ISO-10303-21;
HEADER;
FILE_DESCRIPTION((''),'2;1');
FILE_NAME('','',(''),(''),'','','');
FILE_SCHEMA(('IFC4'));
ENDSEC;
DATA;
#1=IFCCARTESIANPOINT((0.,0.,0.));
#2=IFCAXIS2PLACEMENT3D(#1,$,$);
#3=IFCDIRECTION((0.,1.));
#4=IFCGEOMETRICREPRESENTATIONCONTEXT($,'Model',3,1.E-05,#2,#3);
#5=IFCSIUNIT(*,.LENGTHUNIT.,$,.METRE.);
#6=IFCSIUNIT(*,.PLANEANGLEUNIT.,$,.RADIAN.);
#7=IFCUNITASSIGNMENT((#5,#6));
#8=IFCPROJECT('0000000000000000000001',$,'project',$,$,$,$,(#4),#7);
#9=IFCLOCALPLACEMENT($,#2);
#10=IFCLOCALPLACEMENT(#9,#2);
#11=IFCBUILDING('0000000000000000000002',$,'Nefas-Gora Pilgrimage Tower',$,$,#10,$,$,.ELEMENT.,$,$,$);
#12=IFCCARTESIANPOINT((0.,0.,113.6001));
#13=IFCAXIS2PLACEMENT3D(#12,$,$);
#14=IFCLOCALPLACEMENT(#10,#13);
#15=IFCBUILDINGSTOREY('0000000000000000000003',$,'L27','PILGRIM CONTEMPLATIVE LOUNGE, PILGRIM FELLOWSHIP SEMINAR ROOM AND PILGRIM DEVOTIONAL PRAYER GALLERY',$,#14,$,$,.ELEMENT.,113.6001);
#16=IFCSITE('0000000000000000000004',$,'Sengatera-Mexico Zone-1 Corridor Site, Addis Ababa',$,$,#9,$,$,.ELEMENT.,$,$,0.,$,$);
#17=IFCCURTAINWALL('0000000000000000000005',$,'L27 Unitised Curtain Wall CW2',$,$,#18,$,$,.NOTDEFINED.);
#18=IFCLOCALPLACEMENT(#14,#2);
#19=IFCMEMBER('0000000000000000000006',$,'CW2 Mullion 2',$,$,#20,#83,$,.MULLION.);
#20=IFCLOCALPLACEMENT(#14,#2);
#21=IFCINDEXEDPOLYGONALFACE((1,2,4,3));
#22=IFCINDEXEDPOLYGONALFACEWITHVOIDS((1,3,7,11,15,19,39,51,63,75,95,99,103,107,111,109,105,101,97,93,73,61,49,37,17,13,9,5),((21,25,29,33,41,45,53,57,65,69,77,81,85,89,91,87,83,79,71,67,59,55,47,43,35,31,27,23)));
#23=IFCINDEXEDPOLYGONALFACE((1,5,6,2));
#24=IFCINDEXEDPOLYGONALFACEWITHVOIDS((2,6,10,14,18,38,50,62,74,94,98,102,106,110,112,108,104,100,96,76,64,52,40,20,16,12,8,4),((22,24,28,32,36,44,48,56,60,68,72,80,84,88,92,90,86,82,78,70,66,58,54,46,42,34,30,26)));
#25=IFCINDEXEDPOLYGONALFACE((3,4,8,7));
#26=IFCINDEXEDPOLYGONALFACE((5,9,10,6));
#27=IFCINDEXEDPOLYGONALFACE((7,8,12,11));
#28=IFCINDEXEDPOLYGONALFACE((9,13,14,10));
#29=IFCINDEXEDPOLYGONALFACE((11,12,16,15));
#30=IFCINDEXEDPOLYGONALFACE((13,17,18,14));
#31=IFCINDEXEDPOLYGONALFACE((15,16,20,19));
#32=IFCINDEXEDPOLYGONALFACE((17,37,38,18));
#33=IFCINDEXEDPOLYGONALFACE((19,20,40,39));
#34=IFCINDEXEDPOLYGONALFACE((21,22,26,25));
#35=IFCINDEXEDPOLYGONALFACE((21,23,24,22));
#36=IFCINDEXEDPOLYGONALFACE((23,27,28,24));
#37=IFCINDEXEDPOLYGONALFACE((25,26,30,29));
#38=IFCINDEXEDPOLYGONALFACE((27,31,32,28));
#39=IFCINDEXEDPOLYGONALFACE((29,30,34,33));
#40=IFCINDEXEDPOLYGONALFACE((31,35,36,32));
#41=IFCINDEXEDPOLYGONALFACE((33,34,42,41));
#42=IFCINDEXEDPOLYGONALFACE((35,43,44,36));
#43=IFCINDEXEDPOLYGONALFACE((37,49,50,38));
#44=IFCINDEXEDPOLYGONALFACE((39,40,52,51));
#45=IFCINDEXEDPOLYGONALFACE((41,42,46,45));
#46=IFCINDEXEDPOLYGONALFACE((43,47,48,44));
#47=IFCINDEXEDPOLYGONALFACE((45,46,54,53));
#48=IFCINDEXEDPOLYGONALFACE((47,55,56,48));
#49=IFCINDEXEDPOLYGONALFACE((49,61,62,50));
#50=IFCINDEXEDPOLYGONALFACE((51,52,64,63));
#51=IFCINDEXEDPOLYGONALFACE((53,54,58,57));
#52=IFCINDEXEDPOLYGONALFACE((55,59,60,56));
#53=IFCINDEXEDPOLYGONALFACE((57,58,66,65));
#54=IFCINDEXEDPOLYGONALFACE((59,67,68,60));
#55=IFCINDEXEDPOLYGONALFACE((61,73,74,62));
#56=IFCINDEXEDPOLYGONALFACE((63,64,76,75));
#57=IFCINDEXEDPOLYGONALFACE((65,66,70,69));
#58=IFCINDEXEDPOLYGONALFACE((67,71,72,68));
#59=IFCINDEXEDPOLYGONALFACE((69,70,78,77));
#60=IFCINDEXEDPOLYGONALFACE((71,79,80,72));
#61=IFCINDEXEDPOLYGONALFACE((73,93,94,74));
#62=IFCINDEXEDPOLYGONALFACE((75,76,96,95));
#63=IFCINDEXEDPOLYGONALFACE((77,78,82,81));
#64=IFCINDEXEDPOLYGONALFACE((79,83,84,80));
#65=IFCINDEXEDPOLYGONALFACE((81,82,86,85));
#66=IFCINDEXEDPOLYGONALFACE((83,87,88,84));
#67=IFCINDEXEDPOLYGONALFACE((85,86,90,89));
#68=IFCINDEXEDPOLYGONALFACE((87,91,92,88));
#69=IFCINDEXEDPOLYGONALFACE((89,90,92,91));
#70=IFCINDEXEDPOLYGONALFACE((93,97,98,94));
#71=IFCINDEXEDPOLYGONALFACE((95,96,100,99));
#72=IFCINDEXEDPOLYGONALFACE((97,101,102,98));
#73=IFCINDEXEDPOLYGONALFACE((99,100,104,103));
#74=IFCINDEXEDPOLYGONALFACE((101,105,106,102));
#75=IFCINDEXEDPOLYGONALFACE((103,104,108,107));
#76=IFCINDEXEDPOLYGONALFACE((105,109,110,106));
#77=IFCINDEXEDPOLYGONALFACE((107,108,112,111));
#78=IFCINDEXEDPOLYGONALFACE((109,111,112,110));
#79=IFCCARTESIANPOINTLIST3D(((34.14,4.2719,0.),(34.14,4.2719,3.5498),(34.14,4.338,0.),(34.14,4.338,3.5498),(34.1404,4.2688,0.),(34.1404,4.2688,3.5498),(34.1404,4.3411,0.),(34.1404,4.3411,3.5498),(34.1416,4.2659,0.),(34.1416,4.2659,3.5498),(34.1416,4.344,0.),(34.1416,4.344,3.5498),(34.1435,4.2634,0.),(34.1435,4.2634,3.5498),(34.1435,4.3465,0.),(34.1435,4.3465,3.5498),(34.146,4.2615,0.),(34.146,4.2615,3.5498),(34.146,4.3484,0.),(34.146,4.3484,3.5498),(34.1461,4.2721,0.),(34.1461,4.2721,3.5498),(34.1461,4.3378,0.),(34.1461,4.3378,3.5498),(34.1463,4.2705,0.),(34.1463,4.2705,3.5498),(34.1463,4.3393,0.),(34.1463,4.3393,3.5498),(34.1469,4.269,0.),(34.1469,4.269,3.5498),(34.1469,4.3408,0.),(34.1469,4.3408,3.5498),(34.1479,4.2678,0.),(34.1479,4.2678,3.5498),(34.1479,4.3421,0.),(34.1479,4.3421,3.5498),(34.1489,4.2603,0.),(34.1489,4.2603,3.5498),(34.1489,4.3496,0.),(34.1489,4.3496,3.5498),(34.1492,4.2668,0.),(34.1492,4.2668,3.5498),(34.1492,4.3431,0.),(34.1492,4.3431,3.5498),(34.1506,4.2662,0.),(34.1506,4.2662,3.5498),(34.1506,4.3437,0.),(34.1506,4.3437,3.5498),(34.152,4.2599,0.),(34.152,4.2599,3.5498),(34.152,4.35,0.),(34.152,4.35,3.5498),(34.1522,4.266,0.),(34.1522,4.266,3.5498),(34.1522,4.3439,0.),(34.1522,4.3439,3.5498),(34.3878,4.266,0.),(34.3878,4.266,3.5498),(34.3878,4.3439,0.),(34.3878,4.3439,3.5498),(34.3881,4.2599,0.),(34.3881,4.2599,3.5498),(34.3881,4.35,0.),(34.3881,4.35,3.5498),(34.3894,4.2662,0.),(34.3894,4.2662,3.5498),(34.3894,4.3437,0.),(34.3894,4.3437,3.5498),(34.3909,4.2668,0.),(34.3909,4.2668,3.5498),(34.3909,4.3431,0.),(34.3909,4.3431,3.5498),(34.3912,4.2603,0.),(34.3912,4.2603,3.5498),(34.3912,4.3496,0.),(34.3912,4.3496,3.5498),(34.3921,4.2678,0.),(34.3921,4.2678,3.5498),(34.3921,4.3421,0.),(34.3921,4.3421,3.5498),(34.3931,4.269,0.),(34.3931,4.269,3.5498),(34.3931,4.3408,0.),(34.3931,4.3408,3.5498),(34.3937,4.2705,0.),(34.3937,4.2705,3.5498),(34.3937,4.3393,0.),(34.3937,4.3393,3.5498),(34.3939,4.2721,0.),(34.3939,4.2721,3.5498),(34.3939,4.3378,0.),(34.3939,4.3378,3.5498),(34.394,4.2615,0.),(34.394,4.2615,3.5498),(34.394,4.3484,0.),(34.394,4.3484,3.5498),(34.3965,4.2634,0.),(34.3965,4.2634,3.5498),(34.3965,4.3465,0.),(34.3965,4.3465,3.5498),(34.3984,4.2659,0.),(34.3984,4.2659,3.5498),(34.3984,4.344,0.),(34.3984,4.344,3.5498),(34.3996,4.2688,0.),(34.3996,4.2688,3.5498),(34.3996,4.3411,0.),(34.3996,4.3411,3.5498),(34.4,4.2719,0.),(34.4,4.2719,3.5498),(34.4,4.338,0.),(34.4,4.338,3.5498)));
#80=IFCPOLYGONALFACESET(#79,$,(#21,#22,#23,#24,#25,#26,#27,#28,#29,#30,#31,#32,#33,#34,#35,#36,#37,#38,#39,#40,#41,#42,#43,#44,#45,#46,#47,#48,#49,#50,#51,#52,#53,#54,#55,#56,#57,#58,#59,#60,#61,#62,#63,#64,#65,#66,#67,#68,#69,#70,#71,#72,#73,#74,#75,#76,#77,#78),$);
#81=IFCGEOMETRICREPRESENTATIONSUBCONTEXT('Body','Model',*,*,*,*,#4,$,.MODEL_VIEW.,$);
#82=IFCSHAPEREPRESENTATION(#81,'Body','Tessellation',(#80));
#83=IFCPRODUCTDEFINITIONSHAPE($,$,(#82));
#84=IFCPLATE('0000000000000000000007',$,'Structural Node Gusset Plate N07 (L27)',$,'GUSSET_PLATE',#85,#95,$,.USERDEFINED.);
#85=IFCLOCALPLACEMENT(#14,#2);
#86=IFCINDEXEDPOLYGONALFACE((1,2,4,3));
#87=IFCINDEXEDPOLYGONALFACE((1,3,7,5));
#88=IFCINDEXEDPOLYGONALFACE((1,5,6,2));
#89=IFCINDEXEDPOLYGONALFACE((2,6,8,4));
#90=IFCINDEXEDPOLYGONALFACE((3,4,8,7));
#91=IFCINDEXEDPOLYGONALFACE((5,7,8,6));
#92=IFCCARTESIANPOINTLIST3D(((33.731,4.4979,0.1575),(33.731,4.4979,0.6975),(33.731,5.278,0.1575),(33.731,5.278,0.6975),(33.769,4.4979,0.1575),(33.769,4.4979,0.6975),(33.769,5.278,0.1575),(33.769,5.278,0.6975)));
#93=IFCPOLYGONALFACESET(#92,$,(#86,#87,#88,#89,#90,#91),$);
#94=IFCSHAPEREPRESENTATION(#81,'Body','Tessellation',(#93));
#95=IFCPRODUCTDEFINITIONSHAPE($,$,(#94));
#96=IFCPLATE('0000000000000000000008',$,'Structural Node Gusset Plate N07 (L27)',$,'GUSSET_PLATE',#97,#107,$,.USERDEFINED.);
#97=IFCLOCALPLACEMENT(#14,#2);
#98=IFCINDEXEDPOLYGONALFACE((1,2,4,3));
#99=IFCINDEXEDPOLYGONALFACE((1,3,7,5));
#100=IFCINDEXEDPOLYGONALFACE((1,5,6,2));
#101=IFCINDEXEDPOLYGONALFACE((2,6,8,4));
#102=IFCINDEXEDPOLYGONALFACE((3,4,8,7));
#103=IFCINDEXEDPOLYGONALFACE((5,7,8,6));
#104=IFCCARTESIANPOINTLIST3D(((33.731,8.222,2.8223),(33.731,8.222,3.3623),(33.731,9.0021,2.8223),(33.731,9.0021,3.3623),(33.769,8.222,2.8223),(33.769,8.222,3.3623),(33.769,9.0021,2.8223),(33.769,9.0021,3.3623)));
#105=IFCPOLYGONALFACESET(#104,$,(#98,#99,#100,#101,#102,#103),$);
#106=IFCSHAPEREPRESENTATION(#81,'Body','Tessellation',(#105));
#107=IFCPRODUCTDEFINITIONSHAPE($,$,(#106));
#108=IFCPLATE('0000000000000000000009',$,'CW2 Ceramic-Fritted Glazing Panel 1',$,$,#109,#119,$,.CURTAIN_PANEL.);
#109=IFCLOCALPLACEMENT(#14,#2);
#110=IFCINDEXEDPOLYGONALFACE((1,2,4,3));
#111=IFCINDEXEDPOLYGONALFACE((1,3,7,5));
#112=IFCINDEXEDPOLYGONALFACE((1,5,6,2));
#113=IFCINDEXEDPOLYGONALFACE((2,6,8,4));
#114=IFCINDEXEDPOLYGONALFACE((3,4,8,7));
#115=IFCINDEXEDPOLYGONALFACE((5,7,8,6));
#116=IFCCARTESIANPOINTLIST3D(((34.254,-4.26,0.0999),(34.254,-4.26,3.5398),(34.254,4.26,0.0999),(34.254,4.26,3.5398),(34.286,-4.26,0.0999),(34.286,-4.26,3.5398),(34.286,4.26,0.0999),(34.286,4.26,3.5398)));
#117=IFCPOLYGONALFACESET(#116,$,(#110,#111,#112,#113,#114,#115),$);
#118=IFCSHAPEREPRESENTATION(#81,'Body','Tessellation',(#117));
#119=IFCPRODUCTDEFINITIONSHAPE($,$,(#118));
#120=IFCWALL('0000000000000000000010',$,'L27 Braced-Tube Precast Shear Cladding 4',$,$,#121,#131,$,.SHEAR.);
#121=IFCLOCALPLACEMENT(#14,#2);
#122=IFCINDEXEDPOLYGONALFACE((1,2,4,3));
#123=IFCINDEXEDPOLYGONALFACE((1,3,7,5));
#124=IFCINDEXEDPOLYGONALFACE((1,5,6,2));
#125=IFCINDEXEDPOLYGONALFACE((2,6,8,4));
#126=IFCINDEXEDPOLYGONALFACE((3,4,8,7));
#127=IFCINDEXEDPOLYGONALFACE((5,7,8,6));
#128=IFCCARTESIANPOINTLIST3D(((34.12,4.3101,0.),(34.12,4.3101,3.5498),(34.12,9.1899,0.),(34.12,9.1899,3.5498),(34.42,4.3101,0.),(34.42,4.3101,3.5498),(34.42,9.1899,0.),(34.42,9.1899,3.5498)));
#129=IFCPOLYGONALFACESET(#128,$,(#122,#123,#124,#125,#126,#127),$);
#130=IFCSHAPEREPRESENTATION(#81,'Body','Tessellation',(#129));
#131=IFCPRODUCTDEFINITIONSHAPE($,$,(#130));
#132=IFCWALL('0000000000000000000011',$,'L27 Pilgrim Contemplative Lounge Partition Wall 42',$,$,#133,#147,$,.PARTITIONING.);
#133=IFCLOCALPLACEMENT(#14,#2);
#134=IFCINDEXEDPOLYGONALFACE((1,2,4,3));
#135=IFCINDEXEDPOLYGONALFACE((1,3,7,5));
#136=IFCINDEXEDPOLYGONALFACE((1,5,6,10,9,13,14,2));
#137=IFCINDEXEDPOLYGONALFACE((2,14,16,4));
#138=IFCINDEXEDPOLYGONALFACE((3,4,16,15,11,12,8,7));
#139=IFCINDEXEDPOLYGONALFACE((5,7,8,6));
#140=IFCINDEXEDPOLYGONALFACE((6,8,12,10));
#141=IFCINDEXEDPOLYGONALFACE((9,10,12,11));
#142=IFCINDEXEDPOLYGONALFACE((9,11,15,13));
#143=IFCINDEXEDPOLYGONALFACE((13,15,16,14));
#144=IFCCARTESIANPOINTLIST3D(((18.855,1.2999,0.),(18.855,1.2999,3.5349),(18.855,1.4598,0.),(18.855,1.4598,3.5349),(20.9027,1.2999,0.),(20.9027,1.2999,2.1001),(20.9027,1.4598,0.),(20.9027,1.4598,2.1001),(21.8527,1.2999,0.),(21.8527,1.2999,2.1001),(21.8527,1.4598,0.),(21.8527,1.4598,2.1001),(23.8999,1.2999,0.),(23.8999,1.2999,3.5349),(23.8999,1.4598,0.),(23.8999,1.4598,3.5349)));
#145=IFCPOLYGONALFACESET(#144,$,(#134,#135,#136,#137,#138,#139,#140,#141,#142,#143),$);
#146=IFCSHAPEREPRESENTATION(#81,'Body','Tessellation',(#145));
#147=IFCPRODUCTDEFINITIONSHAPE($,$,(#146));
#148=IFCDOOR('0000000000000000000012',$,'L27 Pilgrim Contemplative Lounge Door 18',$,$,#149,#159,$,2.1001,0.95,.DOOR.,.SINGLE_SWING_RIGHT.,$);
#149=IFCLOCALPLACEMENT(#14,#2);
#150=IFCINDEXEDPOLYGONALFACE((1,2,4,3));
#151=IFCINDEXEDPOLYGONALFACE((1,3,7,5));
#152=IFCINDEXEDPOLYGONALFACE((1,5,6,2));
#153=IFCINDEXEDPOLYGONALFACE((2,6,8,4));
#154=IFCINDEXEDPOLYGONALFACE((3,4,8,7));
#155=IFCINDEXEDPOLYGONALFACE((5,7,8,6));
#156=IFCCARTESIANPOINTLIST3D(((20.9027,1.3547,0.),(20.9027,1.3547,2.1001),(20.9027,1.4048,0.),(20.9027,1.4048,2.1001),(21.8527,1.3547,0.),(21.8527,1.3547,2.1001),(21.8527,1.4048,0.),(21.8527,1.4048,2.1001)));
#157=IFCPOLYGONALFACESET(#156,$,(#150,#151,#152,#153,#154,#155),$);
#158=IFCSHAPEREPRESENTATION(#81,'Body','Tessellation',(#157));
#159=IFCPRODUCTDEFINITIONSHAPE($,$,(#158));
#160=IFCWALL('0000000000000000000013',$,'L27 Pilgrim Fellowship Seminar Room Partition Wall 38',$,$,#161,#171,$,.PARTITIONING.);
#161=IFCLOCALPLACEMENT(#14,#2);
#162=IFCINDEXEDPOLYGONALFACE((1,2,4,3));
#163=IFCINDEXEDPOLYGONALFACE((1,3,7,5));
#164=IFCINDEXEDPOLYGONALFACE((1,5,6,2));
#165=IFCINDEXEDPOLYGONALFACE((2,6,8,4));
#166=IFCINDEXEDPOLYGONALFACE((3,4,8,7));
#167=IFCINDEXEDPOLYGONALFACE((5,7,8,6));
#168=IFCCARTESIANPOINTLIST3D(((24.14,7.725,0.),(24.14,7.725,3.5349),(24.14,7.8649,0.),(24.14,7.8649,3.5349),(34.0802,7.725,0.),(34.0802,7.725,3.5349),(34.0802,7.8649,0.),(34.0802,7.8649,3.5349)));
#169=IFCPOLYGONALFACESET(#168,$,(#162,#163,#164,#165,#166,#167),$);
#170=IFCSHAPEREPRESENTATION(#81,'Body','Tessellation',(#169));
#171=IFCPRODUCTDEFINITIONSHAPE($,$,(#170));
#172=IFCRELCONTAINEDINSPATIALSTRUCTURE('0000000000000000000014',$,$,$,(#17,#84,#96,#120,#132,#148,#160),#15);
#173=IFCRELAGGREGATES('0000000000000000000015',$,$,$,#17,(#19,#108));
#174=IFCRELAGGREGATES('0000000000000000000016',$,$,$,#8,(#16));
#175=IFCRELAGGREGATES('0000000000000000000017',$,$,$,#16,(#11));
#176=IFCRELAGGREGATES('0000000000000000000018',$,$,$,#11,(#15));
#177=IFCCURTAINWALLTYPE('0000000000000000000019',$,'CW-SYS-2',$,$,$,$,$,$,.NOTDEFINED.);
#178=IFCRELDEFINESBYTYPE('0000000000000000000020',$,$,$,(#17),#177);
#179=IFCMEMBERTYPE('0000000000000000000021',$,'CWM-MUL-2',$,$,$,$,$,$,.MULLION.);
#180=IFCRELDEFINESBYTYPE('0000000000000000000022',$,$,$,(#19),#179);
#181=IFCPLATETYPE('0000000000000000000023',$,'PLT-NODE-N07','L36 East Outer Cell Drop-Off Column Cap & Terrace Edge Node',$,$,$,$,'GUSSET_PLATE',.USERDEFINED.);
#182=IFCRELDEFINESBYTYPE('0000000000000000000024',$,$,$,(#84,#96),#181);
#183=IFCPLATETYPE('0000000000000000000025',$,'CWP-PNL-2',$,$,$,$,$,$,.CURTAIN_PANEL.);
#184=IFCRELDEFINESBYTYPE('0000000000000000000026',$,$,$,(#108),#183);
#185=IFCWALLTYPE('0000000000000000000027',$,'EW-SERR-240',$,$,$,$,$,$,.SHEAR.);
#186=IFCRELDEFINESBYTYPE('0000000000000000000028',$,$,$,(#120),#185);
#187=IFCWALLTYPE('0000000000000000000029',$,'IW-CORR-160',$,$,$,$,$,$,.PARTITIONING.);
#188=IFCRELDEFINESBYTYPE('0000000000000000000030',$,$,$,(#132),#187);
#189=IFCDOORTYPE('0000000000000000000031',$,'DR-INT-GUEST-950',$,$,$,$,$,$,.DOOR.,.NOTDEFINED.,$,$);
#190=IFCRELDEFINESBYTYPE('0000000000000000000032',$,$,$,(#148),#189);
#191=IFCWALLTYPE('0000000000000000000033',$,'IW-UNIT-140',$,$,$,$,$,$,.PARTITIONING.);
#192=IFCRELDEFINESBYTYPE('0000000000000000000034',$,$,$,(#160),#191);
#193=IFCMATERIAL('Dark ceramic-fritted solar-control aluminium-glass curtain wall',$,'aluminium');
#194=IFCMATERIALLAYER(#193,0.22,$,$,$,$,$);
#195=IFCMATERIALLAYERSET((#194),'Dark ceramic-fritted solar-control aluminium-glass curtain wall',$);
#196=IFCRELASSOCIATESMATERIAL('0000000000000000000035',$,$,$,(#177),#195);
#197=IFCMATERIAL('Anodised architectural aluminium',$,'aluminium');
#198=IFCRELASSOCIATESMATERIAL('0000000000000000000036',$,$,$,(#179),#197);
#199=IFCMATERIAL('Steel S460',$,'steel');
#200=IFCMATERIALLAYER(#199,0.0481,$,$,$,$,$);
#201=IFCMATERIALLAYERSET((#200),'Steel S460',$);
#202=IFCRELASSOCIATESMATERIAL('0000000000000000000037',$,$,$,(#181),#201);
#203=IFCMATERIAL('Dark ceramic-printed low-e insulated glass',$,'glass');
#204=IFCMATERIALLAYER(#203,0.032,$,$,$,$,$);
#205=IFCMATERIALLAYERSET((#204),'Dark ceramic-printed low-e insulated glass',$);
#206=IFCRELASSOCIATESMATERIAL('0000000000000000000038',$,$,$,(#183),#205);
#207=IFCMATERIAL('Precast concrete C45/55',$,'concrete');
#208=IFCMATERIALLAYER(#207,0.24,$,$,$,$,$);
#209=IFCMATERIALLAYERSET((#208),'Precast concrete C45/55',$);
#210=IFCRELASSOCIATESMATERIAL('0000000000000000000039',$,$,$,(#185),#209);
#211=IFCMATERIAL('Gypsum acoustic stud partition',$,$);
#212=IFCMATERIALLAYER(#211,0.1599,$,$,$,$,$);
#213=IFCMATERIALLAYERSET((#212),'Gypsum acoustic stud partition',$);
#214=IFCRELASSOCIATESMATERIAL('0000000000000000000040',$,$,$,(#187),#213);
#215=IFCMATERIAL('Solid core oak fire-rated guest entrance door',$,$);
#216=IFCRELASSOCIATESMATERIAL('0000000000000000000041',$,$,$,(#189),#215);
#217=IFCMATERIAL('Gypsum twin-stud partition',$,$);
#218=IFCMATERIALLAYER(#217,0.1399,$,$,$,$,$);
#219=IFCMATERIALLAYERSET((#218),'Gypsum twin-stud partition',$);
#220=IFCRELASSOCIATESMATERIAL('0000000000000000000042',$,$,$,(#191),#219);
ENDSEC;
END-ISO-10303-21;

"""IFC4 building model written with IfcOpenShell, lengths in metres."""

from ifc_helpers import new_model, si_unit, direction, frame, frame_2d, origin, origin_2d, place, context, subcontext, project, spatial, rectangle, hollow_rectangle, extrude, source, transform, mapped, material, layer, layer_set, material_profile, profile_set, type_object, element, fill, aggregate, save


model = new_model("IFC4")

# Units and contexts
model_context = context("Model", 3, precision=1e-05, world=origin(), true_north=direction((0.0, 1.0)))
body_context = subcontext(model_context, "Body", "Model", "MODEL_VIEW")
ifc_project = project(units=[si_unit("LENGTHUNIT", "METRE"), si_unit("PLANEANGLEUNIT", "RADIAN")], contexts=[model_context])

# Site, building, storey
site_placement = place(None, origin())
site = spatial("IfcSite", under=ifc_project, at=site_placement, Name="Sengatera-Mexico Zone-1 Corridor Site, Addis Ababa", CompositionType="ELEMENT", RefElevation=0.0)
building_placement = place(site_placement, origin())
building = spatial("IfcBuilding", under=site, at=building_placement, Name="Nefas-Gora Pilgrimage Tower", CompositionType="ELEMENT")
storey_placement = place(building_placement, frame((0.0, 0.0, 113.6001)))
storey = spatial("IfcBuildingStorey", under=building, at=storey_placement, Name="L27", Description="PILGRIM CONTEMPLATIVE LOUNGE, PILGRIM FELLOWSHIP SEMINAR ROOM AND PILGRIM DEVOTIONAL PRAYER GALLERY", CompositionType="ELEMENT", Elevation=113.6001)

# Shared definitions
ifc_material_1 = material(Name="Steel S460", Category="steel")

# Curtain wall, member
ifc_material_2 = material(Name="Dark ceramic-fritted solar-control aluminium-glass curtain wall", Category="aluminium")
ifc_layer_1 = layer(ifc_material_2, 0.22)
ifc_layer_set_1 = layer_set([ifc_layer_1], Name="Dark ceramic-fritted solar-control aluminium-glass curtain wall")
curtain_wall_type = type_object("IfcCurtainWallType", Name="CW-SYS-2", PredefinedType="NOTDEFINED", material=ifc_layer_set_1)
curtain_wall_placement = place(storey_placement, origin())
curtain_wall = element("IfcCurtainWall", 1, at=curtain_wall_placement, inside=storey, type_object=curtain_wall_type, Name="L27 Unitised Curtain Wall CW2", PredefinedType="NOTDEFINED")
ifc_material_3 = material(Name="Anodised architectural aluminium", Category="aluminium")
ifc_material_profile_1 = material_profile(ifc_material_3, hollow_rectangle(XDim=0.0901, YDim=0.26, WallThickness=0.0061, InnerFilletRadius=0.0061, OuterFilletRadius=0.012, at=origin_2d()), Name="ALU MULLION 90x260")
ifc_profile_set_1 = profile_set([ifc_material_profile_1], Name="Anodised architectural aluminium")
member_type_1 = type_object("IfcMemberType", Name="CWM-MUL-2", PredefinedType="MULLION", material=ifc_profile_set_1)
shared_shape_1 = source(origin(), body_context, "Body", "SweptSolid", [
    extrude(hollow_rectangle(XDim=0.0901, YDim=0.26, WallThickness=0.0061, InnerFilletRadius=0.0061, OuterFilletRadius=0.012, at=origin_2d()), origin(), (0.0, 0.0, 1.0), 3.5498),
])
member_1_placement = place(storey_placement, frame((34.27, 4.3049, 0.0), z_axis=(0.0, 0.0, 1.0), x_axis=(0.0, 1.0, 0.0)))
member_1 = element("IfcMember", 2, at=member_1_placement, type_object=member_type_1, Name="CW2 Mullion 2", PredefinedType="MULLION", context=body_context, shape_type="MappedRepresentation", body=[
    mapped(shared_shape_1, transform((0.0, 0.0, 0.0), x_axis=(1.0, 0.0, 0.0), y_axis=(0.0, 1.0, 0.0), z_axis=(0.0, 0.0, 1.0), scale=1.0)),
])

# Plates
ifc_layer_2 = layer(ifc_material_1, 0.0481)
ifc_layer_set_2 = layer_set([ifc_layer_2], Name="Steel S460")
plate_type_1 = type_object("IfcPlateType", Name="PLT-NODE-N07", Description="L36 East Outer Cell Drop-Off Column Cap & Terrace Edge Node", ElementType="GUSSET_PLATE", PredefinedType="USERDEFINED", material=ifc_layer_set_2)
shared_shape_2 = source(origin(), body_context, "Body", "SweptSolid", [
    extrude(rectangle(XDim=0.78, YDim=0.0381, at=origin_2d()), origin(), (0.0, 0.0, 1.0), 0.54),
])
for number, where, z_axis, x_axis, name in (
    (3, (33.75, 4.8879, 0.1575), (0.0, 0.0, 1.0), (0.0, 1.0, 0.0), "Structural Node Gusset Plate N07 (L27)"),
    (4, (33.75, 8.6121, 2.8223), (0.0, 0.0, 1.0), (0.0, 1.0, 0.0), "Structural Node Gusset Plate N07 (L27)"),
):
    element("IfcPlate", number, at=place(storey_placement, frame(where, z_axis=z_axis, x_axis=x_axis)), inside=storey, type_object=plate_type_1, Name=name, ObjectType="GUSSET_PLATE", PredefinedType="USERDEFINED", context=body_context, shape_type="MappedRepresentation", body=[
        mapped(shared_shape_2, transform((0.0, 0.0, 0.0), x_axis=(1.0, 0.0, 0.0), y_axis=(0.0, 1.0, 0.0), z_axis=(0.0, 0.0, 1.0), scale=1.0)),
    ])

# Plate
ifc_material_4 = material(Name="Dark ceramic-printed low-e insulated glass", Category="glass")
ifc_layer_3 = layer(ifc_material_4, 0.032)
ifc_layer_set_3 = layer_set([ifc_layer_3], Name="Dark ceramic-printed low-e insulated glass")
plate_type_2 = type_object("IfcPlateType", Name="CWP-PNL-2", PredefinedType="CURTAIN_PANEL", material=ifc_layer_set_3)
shared_shape_3 = source(origin(), body_context, "Body", "SweptSolid", [
    extrude(rectangle(XDim=8.52, YDim=0.032, at=origin_2d()), origin(), (0.0, 0.0, 1.0), 3.4399),
])
plate_placement = place(storey_placement, frame((34.27, 0.0, 0.0999), z_axis=(0.0, 0.0, 1.0), x_axis=(0.0, 1.0, 0.0)))
plate = element("IfcPlate", 5, at=plate_placement, type_object=plate_type_2, Name="CW2 Ceramic-Fritted Glazing Panel 1", PredefinedType="CURTAIN_PANEL", context=body_context, shape_type="MappedRepresentation", body=[
    mapped(shared_shape_3, transform((0.0, 0.0, 0.0), x_axis=(1.0, 0.0, 0.0), y_axis=(0.0, 1.0, 0.0), z_axis=(0.0, 0.0, 1.0), scale=1.0)),
])
aggregate(curtain_wall, [member_1, plate])

# Wall
ifc_material_5 = material(Name="Precast concrete C45/55", Category="concrete")
ifc_layer_4 = layer(ifc_material_5, 0.24)
ifc_layer_set_4 = layer_set([ifc_layer_4], Name="Precast concrete C45/55")
wall_type_1 = type_object("IfcWallType", Name="EW-SERR-240", PredefinedType="SHEAR", material=ifc_layer_set_4)
shared_shape_4 = source(origin(), body_context, "Body", "SweptSolid", [
    extrude(rectangle(XDim=4.8799, YDim=0.3, at=frame_2d((2.4399, 0.0))), origin(), (0.0, 0.0, 1.0), 3.5498),
])
wall_1_placement = place(storey_placement, frame((34.27, 4.3101, 0.0), z_axis=(0.0, 0.0, 1.0), x_axis=(0.0, 1.0, 0.0)))
element("IfcWall", 6, at=wall_1_placement, inside=storey, type_object=wall_type_1, Name="L27 Braced-Tube Precast Shear Cladding 4", PredefinedType="SHEAR", context=body_context, shape_type="MappedRepresentation", body=[
    mapped(shared_shape_4, transform((0.0, 0.0, 0.0), x_axis=(1.0, 0.0, 0.0), y_axis=(0.0, 1.0, 0.0), z_axis=(0.0, 0.0, 1.0), scale=1.0)),
])

# Wall, opening, door
ifc_material_6 = material(Name="Gypsum acoustic stud partition")
ifc_layer_5 = layer(ifc_material_6, 0.1599)
ifc_layer_set_5 = layer_set([ifc_layer_5], Name="Gypsum acoustic stud partition")
wall_type_2 = type_object("IfcWallType", Name="IW-CORR-160", PredefinedType="PARTITIONING", material=ifc_layer_set_5)
shared_shape_5 = source(origin(), body_context, "Body", "SweptSolid", [
    extrude(rectangle(XDim=5.0449, YDim=0.1599, at=frame_2d((2.5225, 0.0))), origin(), (0.0, 0.0, 1.0), 3.5349),
])
wall_2_placement = place(storey_placement, frame((18.855, 1.3799, 0.0), z_axis=(0.0, 0.0, 1.0), x_axis=(1.0, 0.0, 0.0)))
wall_2 = element("IfcWall", 7, at=wall_2_placement, inside=storey, type_object=wall_type_2, Name="L27 Pilgrim Contemplative Lounge Partition Wall 42", PredefinedType="PARTITIONING", context=body_context, shape_type="MappedRepresentation", body=[
    mapped(shared_shape_5, transform((0.0, 0.0, 0.0), x_axis=(1.0, 0.0, 0.0), y_axis=(0.0, 1.0, 0.0), z_axis=(0.0, 0.0, 1.0), scale=1.0)),
])
opening_placement = place(wall_2_placement, frame((2.0476, 0.0, 0.0)))
opening = element("IfcOpeningElement", 8, at=opening_placement, cuts=wall_2, PredefinedType="OPENING", context=body_context, shape_type="SweptSolid", body=[
    extrude(rectangle(XDim=0.95, YDim=2.1001, at=frame_2d((0.4751, 1.05))), frame((0.0, 0.0898, 0.0), z_axis=(0.0, -1.0, 0.0), x_axis=(1.0, 0.0, 0.0)), (0.0, 0.0, 1.0), 0.1799),
])
ifc_material_7 = material(Name="Solid core oak fire-rated guest entrance door")
door_type = type_object("IfcDoorType", Name="DR-INT-GUEST-950", OperationType="NOTDEFINED", PredefinedType="DOOR", material=ifc_material_7)
shared_shape_6 = source(origin(), body_context, "Body", "SweptSolid", [
    extrude(rectangle(XDim=0.95, YDim=2.1001, at=frame_2d((0.4751, 1.05))), frame((0.0, 0.0249, 0.0), z_axis=(0.0, -1.0, 0.0), x_axis=(1.0, 0.0, 0.0)), (0.0, 0.0, 1.0), 0.05),
])
door_placement = place(opening_placement, origin())
door = element("IfcDoor", 9, at=door_placement, inside=storey, type_object=door_type, Name="L27 Pilgrim Contemplative Lounge Door 18", OperationType="SINGLE_SWING_RIGHT", OverallHeight=2.1001, OverallWidth=0.95, PredefinedType="DOOR", context=body_context, shape_type="MappedRepresentation", body=[
    mapped(shared_shape_6, transform((0.0, 0.0, 0.0), x_axis=(1.0, 0.0, 0.0), y_axis=(0.0, 1.0, 0.0), z_axis=(0.0, 0.0, 1.0), scale=1.0)),
])
fill(opening, door)

# Wall
ifc_material_8 = material(Name="Gypsum twin-stud partition")
ifc_layer_6 = layer(ifc_material_8, 0.1399)
ifc_layer_set_6 = layer_set([ifc_layer_6], Name="Gypsum twin-stud partition")
wall_type_3 = type_object("IfcWallType", Name="IW-UNIT-140", PredefinedType="PARTITIONING", material=ifc_layer_set_6)
shared_shape_7 = source(origin(), body_context, "Body", "SweptSolid", [
    extrude(rectangle(XDim=9.9402, YDim=0.1399, at=frame_2d((4.9702, 0.0))), origin(), (0.0, 0.0, 1.0), 3.5349),
])
wall_3_placement = place(storey_placement, frame((24.1399, 7.7949, 0.0), z_axis=(0.0, 0.0, 1.0), x_axis=(1.0, 0.0, 0.0)))
element("IfcWall", 10, at=wall_3_placement, inside=storey, type_object=wall_type_3, Name="L27 Pilgrim Fellowship Seminar Room Partition Wall 38", PredefinedType="PARTITIONING", context=body_context, shape_type="MappedRepresentation", body=[
    mapped(shared_shape_7, transform((0.0, 0.0, 0.0), x_axis=(1.0, 0.0, 0.0), y_axis=(0.0, 1.0, 0.0), z_axis=(0.0, 0.0, 1.0), scale=1.0)),
])

save(model, "model.ifc")
